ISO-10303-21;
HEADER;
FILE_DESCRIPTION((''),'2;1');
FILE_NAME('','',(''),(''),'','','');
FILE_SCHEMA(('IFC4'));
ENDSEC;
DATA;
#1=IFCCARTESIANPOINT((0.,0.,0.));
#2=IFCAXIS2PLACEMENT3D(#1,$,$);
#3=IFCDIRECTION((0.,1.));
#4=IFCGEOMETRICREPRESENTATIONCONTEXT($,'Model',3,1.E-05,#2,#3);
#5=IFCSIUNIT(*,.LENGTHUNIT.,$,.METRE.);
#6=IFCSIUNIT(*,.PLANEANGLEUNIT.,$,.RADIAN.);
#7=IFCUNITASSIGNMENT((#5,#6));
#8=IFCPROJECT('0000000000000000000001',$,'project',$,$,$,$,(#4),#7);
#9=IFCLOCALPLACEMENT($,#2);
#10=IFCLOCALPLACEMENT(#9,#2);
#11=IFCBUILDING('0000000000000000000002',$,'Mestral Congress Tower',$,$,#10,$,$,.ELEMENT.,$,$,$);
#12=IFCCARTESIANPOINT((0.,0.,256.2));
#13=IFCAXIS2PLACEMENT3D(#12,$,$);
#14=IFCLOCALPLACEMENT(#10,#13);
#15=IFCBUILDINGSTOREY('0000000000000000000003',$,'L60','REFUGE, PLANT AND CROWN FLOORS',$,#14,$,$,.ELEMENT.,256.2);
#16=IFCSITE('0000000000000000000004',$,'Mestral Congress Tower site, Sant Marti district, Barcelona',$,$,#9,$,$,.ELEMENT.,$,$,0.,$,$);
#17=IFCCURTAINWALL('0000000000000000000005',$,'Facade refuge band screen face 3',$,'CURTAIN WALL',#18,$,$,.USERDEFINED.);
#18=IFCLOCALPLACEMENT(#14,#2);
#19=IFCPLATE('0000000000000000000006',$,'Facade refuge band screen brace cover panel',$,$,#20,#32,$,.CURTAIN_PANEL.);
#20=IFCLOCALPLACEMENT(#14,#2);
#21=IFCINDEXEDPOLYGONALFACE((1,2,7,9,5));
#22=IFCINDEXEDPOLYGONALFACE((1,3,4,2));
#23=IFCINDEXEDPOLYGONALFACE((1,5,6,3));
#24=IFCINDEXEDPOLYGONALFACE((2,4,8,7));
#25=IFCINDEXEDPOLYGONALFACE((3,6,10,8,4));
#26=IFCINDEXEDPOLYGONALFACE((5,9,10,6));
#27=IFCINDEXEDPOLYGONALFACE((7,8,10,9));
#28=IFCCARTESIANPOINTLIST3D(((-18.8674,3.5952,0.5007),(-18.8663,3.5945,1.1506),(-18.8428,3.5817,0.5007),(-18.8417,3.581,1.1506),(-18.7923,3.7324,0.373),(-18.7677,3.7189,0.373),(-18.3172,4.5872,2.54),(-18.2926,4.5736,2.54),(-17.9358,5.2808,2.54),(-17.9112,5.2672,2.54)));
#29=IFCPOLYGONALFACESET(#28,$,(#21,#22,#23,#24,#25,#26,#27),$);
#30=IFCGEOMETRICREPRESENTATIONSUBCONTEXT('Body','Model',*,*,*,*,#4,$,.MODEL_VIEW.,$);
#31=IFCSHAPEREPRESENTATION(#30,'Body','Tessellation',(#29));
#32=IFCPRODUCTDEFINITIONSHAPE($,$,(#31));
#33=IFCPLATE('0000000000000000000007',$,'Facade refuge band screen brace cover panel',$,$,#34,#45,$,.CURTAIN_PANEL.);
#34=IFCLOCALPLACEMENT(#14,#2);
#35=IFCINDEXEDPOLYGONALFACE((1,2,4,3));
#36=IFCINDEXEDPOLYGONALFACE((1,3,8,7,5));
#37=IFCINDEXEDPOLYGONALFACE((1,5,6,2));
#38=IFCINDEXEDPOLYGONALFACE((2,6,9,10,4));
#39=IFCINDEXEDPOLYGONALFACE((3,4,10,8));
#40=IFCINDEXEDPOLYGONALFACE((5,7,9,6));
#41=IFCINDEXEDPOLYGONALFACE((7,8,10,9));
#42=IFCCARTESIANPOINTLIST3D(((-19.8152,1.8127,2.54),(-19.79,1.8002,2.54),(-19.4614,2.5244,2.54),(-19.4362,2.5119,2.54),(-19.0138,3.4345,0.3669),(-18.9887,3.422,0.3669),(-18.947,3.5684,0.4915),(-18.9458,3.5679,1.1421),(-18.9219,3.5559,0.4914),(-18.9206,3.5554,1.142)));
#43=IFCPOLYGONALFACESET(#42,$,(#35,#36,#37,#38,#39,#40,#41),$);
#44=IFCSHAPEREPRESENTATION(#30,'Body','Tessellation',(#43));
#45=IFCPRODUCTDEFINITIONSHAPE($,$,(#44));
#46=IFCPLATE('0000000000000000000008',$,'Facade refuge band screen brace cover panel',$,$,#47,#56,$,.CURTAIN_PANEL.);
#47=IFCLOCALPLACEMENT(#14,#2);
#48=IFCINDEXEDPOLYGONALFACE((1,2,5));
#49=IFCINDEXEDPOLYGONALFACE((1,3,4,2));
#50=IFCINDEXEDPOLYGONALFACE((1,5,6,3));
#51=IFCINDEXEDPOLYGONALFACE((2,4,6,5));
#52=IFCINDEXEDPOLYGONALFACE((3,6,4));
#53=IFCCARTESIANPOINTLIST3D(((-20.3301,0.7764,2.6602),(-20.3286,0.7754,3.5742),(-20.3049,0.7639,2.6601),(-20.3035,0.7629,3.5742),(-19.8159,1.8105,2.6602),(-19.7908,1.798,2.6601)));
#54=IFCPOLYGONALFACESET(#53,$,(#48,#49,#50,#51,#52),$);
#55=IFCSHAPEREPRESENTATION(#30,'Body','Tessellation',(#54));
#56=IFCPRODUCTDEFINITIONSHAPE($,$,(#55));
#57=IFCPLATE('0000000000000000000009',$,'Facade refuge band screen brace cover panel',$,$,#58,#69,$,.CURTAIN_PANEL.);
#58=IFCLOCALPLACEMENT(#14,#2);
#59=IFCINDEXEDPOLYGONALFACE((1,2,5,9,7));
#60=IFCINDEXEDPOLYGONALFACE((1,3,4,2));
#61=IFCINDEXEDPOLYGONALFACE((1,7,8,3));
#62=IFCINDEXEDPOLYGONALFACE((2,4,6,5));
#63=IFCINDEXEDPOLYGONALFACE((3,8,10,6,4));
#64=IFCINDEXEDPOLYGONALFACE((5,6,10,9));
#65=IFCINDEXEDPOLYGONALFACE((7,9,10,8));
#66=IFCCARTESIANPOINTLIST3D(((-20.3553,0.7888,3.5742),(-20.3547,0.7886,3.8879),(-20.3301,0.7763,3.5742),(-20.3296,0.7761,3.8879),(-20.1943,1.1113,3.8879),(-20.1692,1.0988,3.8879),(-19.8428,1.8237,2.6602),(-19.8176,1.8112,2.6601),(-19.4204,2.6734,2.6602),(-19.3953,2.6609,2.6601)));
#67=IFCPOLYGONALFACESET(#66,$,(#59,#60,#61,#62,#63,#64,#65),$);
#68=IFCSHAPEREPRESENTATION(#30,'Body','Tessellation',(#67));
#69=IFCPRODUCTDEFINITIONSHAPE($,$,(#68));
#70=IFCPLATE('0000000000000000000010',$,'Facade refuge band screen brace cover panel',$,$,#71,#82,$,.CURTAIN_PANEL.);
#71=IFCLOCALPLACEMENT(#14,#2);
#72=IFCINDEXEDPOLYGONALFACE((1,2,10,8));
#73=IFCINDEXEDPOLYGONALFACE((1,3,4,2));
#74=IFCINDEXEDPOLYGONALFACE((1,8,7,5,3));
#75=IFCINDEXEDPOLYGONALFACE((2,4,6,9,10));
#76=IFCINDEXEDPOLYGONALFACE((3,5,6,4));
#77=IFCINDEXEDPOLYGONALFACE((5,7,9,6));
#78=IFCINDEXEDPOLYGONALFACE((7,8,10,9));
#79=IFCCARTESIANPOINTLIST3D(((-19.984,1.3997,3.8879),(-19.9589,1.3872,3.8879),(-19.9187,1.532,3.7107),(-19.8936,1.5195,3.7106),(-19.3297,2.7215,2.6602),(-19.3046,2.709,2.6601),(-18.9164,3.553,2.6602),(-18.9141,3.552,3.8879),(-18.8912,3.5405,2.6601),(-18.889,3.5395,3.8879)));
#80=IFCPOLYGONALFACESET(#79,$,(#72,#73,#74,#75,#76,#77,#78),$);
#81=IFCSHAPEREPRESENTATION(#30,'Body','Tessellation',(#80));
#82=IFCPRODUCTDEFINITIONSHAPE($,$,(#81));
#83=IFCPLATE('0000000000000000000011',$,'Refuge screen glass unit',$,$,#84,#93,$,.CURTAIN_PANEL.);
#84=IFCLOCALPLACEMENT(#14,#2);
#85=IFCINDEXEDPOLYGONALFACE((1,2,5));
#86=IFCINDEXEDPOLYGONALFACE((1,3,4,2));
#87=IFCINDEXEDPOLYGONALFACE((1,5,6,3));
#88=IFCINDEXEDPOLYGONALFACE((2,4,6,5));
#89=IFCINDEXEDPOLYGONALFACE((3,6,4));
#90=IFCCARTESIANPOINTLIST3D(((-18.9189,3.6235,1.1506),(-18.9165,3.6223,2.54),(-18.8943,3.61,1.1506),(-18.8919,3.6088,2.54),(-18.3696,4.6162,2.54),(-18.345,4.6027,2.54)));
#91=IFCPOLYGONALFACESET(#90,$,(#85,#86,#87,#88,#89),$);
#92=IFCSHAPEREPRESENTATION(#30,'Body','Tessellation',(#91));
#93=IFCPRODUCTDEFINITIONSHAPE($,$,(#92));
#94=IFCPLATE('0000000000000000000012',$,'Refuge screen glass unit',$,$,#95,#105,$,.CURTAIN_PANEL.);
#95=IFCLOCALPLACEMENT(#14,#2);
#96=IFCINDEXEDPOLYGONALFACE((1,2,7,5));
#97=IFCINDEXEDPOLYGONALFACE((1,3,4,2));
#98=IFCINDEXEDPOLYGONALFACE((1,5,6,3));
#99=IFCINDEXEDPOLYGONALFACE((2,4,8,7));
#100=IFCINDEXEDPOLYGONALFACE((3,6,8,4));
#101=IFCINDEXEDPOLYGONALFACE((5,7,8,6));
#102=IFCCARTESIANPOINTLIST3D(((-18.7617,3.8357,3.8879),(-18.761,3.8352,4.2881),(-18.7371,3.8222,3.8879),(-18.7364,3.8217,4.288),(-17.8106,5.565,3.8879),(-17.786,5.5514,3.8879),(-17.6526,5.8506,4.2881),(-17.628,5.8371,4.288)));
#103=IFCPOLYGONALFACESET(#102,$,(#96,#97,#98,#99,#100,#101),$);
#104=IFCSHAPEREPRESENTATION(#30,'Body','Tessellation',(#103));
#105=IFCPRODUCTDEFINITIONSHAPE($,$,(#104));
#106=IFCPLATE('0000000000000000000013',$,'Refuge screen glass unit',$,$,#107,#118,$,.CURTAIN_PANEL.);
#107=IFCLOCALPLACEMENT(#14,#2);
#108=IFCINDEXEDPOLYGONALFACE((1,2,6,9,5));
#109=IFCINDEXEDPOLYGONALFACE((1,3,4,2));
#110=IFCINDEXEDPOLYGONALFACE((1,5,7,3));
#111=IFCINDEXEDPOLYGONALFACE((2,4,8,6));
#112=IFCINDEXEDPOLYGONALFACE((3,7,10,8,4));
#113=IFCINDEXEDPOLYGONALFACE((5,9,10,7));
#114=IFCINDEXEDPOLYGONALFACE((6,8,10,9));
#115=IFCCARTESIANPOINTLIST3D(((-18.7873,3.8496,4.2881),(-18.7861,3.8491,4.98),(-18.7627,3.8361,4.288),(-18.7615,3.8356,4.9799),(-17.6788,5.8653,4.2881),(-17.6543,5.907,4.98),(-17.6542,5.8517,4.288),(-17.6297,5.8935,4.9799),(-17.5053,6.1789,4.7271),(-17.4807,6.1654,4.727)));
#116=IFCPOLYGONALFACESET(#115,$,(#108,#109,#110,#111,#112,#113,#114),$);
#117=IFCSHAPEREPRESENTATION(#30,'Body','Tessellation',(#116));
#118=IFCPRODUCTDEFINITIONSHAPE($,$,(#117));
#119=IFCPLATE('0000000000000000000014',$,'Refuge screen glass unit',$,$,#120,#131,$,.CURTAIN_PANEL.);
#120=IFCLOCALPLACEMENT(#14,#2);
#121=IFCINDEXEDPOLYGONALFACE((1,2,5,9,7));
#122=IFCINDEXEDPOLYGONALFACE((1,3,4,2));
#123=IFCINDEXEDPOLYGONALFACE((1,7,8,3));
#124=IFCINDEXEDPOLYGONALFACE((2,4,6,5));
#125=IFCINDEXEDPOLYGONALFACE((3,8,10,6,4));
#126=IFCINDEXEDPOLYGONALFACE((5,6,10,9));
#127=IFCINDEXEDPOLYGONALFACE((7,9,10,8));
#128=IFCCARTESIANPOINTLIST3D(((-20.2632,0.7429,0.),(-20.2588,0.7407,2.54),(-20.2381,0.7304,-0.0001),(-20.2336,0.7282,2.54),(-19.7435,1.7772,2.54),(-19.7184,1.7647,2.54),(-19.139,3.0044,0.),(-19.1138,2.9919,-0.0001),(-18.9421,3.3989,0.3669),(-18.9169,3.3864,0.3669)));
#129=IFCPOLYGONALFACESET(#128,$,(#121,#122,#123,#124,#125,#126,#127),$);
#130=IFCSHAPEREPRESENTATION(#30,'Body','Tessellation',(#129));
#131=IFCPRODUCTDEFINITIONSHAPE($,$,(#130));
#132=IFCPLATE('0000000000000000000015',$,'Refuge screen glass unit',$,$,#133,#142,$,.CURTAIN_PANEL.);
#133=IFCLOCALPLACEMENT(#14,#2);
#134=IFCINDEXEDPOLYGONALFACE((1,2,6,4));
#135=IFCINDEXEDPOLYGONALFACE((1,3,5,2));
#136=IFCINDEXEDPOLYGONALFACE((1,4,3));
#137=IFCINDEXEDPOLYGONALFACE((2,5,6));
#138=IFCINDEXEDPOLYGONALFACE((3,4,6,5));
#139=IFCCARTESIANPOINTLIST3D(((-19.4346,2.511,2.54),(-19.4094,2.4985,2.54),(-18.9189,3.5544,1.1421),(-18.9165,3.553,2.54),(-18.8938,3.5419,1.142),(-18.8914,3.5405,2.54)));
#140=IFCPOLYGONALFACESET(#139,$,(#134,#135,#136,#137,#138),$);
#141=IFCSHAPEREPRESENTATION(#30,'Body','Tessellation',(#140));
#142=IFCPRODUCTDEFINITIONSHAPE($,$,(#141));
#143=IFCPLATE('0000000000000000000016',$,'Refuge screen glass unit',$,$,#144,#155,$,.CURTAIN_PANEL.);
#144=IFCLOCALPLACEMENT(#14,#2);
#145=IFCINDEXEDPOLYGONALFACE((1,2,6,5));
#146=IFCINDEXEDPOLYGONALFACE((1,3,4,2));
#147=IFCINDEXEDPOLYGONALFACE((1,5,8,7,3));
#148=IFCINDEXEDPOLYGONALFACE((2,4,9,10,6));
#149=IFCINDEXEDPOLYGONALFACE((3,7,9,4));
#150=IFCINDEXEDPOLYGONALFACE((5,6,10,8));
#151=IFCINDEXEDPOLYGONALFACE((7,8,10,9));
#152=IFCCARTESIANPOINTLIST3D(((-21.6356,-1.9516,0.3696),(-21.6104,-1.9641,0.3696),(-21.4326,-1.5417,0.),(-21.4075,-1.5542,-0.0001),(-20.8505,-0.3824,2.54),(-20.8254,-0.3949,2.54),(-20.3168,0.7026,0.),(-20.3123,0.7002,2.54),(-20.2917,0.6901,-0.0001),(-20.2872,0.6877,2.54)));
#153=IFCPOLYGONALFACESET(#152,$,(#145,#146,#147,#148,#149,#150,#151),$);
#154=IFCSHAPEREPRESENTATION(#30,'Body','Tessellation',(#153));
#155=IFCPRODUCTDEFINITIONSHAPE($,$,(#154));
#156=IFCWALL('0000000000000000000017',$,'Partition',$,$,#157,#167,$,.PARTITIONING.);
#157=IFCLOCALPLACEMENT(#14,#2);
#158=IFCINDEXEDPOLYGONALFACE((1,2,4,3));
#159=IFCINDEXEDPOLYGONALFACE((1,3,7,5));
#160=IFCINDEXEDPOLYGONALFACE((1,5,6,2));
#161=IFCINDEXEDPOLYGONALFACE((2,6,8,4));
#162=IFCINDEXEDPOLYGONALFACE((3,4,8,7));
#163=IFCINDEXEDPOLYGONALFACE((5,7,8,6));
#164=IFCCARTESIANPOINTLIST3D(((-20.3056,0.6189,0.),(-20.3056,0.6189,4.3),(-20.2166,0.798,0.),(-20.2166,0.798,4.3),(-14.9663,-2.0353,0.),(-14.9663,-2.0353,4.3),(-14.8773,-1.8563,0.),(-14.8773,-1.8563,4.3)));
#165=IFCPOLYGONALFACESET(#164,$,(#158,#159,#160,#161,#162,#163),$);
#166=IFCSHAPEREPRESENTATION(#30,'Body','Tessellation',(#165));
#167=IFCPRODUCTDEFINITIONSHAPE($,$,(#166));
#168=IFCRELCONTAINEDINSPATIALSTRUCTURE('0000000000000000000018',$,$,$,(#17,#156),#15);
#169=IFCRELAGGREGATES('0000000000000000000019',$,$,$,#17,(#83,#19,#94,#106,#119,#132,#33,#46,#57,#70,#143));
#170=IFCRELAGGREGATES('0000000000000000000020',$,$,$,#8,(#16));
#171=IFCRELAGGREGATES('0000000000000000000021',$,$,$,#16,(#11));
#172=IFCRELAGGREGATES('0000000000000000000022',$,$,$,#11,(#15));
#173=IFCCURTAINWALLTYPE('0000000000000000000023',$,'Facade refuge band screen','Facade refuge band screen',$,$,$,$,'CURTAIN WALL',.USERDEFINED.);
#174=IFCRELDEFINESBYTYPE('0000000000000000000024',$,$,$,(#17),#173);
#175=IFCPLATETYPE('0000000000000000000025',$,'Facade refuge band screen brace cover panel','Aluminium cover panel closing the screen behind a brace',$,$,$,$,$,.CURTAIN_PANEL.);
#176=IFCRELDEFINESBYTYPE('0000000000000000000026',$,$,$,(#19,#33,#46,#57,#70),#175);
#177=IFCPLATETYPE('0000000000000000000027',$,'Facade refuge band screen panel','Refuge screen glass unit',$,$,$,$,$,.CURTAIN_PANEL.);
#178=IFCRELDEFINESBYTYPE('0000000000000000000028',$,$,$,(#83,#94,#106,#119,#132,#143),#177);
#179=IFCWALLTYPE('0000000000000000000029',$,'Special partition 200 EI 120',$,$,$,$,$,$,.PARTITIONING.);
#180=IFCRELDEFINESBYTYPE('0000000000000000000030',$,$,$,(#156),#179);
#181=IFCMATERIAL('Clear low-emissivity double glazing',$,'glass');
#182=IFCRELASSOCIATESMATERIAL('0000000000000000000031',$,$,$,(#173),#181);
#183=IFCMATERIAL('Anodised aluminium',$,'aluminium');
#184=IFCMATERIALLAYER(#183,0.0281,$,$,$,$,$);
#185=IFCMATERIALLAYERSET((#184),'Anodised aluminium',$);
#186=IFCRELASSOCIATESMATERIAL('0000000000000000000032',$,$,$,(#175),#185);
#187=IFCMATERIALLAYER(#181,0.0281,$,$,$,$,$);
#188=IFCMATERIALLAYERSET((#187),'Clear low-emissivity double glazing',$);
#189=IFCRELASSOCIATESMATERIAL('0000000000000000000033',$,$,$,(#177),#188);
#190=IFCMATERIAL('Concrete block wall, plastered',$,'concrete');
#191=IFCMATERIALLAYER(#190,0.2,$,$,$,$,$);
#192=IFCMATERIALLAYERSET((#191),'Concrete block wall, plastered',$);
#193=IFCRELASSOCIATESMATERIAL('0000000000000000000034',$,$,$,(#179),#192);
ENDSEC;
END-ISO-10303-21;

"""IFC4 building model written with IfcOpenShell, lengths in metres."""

from ifc_helpers import new_model, si_unit, direction, frame, frame_2d, origin, place, context, subcontext, project, spatial, polyline, rectangle, outline, extrude, material, layer, layer_set, type_object, element, aggregate, save


model = new_model("IFC4")

# Units and contexts
model_context = context("Model", 3, precision=1e-05, world=origin(), true_north=direction((0.0, 1.0)))
body_context = subcontext(model_context, "Body", "Model", "MODEL_VIEW")
ifc_project = project(units=[si_unit("LENGTHUNIT", "METRE"), si_unit("PLANEANGLEUNIT", "RADIAN")], contexts=[model_context])

# Site, building, storey
site_placement = place(None, origin())
site = spatial("IfcSite", under=ifc_project, at=site_placement, Name="Mestral Congress Tower site, Sant Marti district, Barcelona", CompositionType="ELEMENT", RefElevation=0.0)
building_placement = place(site_placement, origin())
building = spatial("IfcBuilding", under=site, at=building_placement, Name="Mestral Congress Tower", CompositionType="ELEMENT")
storey_placement = place(building_placement, frame((0.0, 0.0, 256.2)))
storey = spatial("IfcBuildingStorey", under=building, at=storey_placement, Name="L60", Description="REFUGE, PLANT AND CROWN FLOORS", CompositionType="ELEMENT", Elevation=256.2)

# Curtain wall
ifc_material_1 = material(Name="Clear low-emissivity double glazing", Category="glass")
curtain_wall_type = type_object("IfcCurtainWallType", Name="Facade refuge band screen", Description="Facade refuge band screen", ElementType="CURTAIN WALL", PredefinedType="USERDEFINED", material=ifc_material_1)
curtain_wall_placement = place(storey_placement, origin())
curtain_wall = element("IfcCurtainWall", 1, at=curtain_wall_placement, inside=storey, type_object=curtain_wall_type, Name="Facade refuge band screen face 3", ObjectType="CURTAIN WALL", PredefinedType="USERDEFINED")
ifc_material_2 = material(Name="Anodised aluminium", Category="aluminium")

# Plates
ifc_layer_1 = layer(ifc_material_2, 0.0281)
ifc_layer_set_1 = layer_set([ifc_layer_1], Name="Anodised aluminium")
plate_type_1 = type_object("IfcPlateType", Name="Facade refuge band screen brace cover panel", Description="Aluminium cover panel closing the screen behind a brace", PredefinedType="CURTAIN_PANEL", material=ifc_layer_set_1)
plate_1_placement = place(storey_placement, frame((-18.8674, 3.5952, 0.5007), z_axis=(-0.876283, 0.481792, 0.002094), x_axis=(0.372111, 0.679542, -0.632263)))
plate_1 = element("IfcPlate", 2, at=plate_1_placement, type_object=plate_type_1, Name="Facade refuge band screen brace cover panel", PredefinedType="CURTAIN_PANEL", context=body_context, shape_type="SweptSolid", body=[
    extrude(outline(polyline([(0.0, 0.0), (0.2019, 0.0), (0.2027, -2.7976), (-0.4105, -2.2972), (-0.411, -0.5035), (0.0, 0.0)])), origin(), (0.0, 0.0, -1.0), 0.0281),
])
plate_2_placement = place(storey_placement, frame((-19.8152, 1.8127, 2.54), z_axis=(-0.895428, 0.445202, 0.002056), x_axis=(0.283415, 0.573578, -0.76856)))
plate_2 = element("IfcPlate", 3, at=plate_2_placement, type_object=plate_type_1, Name="Facade refuge band screen brace cover panel", PredefinedType="CURTAIN_PANEL", context=body_context, shape_type="SweptSolid", body=[
    extrude(outline(polyline([(0.0, 0.0), (2.8275, 0.0), (2.8275, -0.1946), (2.3275, -0.611), (0.5085, -0.6108), (0.0, 0.0)])), origin(), (0.0, 0.0, -1.0), 0.0281),
])
plate_3_placement = place(storey_placement, frame((-20.3301, 0.7764, 2.6602), z_axis=(-0.895438, 0.445182, 0.001911), x_axis=(0.445183, 0.89544, 0.0)))
plate_3 = element("IfcPlate", 4, at=plate_3_placement, type_object=plate_type_1, Name="Facade refuge band screen brace cover panel", PredefinedType="CURTAIN_PANEL", context=body_context, shape_type="SweptSolid", body=[
    extrude(outline(polyline([(0.0, 0.0), (1.1549, 0.0), (-0.0002, -0.9141), (0.0, 0.0)])), origin(), (0.0, 0.0, -1.0), 0.0281),
])
plate_4_placement = place(storey_placement, frame((-20.3547, 0.7886, 3.8879), z_axis=(-0.895481, 0.445096, 0.001845), x_axis=(-0.00165, 0.000825, -0.999998)))
plate_4 = element("IfcPlate", 5, at=plate_4_placement, type_object=plate_type_1, Name="Facade refuge band screen brace cover panel", PredefinedType="CURTAIN_PANEL", context=body_context, shape_type="SweptSolid", body=[
    extrude(outline(polyline([(0.0, 0.0), (0.3137, 0.0), (1.2278, -1.1548), (1.2278, -2.1036), (0.0, -0.3604), (0.0, 0.0)])), origin(), (0.0, 0.0, -1.0), 0.0281),
])
plate_5_placement = place(storey_placement, frame((-19.9187, 1.532, 3.7107), z_axis=(-0.895455, 0.445148, 0.002025), x_axis=(0.347927, 0.70271, -0.620601)))
plate_5 = element("IfcPlate", 6, at=plate_5_placement, type_object=plate_type_1, Name="Facade refuge band screen brace cover panel", PredefinedType="CURTAIN_PANEL", context=body_context, shape_type="SweptSolid", body=[
    extrude(outline(polyline([(0.0, 0.0), (1.6928, 0.0), (2.4209, -0.5763), (1.659, -1.5391), (-0.2257, -0.0474), (0.0, 0.0)])), origin(), (0.0, 0.0, -1.0), 0.0281),
])
ifc_layer_2 = layer(ifc_material_1, 0.0281)
ifc_layer_set_2 = layer_set([ifc_layer_2], Name="Clear low-emissivity double glazing")
plate_type_2 = type_object("IfcPlateType", Name="Facade refuge band screen panel", Description="Refuge screen glass unit", PredefinedType="CURTAIN_PANEL", material=ifc_layer_set_2)
plate_6_placement = place(storey_placement, frame((-18.9165, 3.6223, 2.54), z_axis=(-0.876128, 0.482075, 0.001963), x_axis=(-0.001757, 0.000879, -0.999998)))
plate_6 = element("IfcPlate", 7, at=plate_6_placement, type_object=plate_type_2, Name="Refuge screen glass unit", PredefinedType="CURTAIN_PANEL", context=body_context, shape_type="SweptSolid", body=[
    extrude(outline(polyline([(0.0, 0.0), (1.3894, 0.0), (-0.0001, -1.1344), (0.0, 0.0)])), origin(), (0.0, 0.0, -1.0), 0.0281),
])
plate_7_placement = place(storey_placement, frame((-18.7617, 3.8357, 3.8879), z_axis=(-0.876212, 0.481922, 0.002029), x_axis=(0.481923, 0.876213, 0.0)))
plate_7 = element("IfcPlate", 8, at=plate_7_placement, type_object=plate_type_2, Name="Refuge screen glass unit", PredefinedType="CURTAIN_PANEL", context=body_context, shape_type="SweptSolid", body=[
    extrude(outline(polyline([(0.0, 0.0), (1.9736, 0.0), (2.3, -0.4001), (-0.0001, -0.4001), (0.0, 0.0)])), origin(), (0.0, 0.0, -1.0), 0.0281),
])
plate_8_placement = place(storey_placement, frame((-18.7861, 3.8491, 4.98), z_axis=(-0.87622, 0.481908, 0.001862), x_axis=(-0.001744, 0.000694, -0.999998)))
plate_8 = element("IfcPlate", 9, at=plate_8_placement, type_object=plate_type_2, Name="Refuge screen glass unit", PredefinedType="CURTAIN_PANEL", context=body_context, shape_type="SweptSolid", body=[
    extrude(outline(polyline([(0.0, 0.0), (0.6919, 0.0), (0.6914, -2.3004), (0.2523, -2.6587), (-0.0005, -2.3486), (0.0, 0.0)])), origin(), (0.0, 0.0, -1.0), 0.0281),
])
plate_9_placement = place(storey_placement, frame((-20.2588, 0.7407, 2.54), z_axis=(-0.895449, 0.445159, 0.001955), x_axis=(-0.001749, 0.000874, -0.999998)))
plate_9 = element("IfcPlate", 10, at=plate_9_placement, type_object=plate_type_2, Name="Refuge screen glass unit", PredefinedType="CURTAIN_PANEL", context=body_context, shape_type="SweptSolid", body=[
    extrude(outline(polyline([(0.0, 0.0), (2.54, 0.0), (2.5401, -2.5255), (2.1731, -2.9664), (0.0, -1.1575), (0.0, 0.0)])), origin(), (0.0, 0.0, -1.0), 0.0281),
])
plate_10_placement = place(storey_placement, frame((-18.9165, 3.553, 2.54), z_axis=(-0.89543, 0.445197, 0.00203), x_axis=(-0.445198, -0.895432, 0.0)))
plate_10 = element("IfcPlate", 11, at=plate_10_placement, type_object=plate_type_2, Name="Refuge screen glass unit", PredefinedType="CURTAIN_PANEL", context=body_context, shape_type="SweptSolid", body=[
    extrude(outline(polyline([(0.0, 0.0), (1.1637, 0.0), (-0.0002, -1.398), (0.0, 0.0)])), origin(), (0.0, 0.0, -1.0), 0.0281),
])
plate_11_placement = place(storey_placement, frame((-21.4326, -1.5417, 0.0), z_axis=(-0.895444, 0.445169, 0.002022), x_axis=(0.44517, 0.895446, 0.0)))
plate_11 = element("IfcPlate", 12, at=plate_11_placement, type_object=plate_type_2, Name="Refuge screen glass unit", PredefinedType="CURTAIN_PANEL", context=body_context, shape_type="SweptSolid", body=[
    extrude(outline(polyline([(0.0, 0.0), (2.5064, 0.0), (2.5063, -2.54), (1.2973, -2.54), (-0.4574, -0.3696), (0.0, 0.0)])), origin(), (0.0, 0.0, -1.0), 0.0281),
])
aggregate(curtain_wall, [plate_6, plate_1, plate_7, plate_8, plate_9, plate_10, plate_2, plate_3, plate_4, plate_5, plate_11])

# Wall
ifc_material_3 = material(Name="Concrete block wall, plastered", Category="concrete")
ifc_layer_3 = layer(ifc_material_3, 0.2)
ifc_layer_set_3 = layer_set([ifc_layer_3], Name="Concrete block wall, plastered")
wall_type = type_object("IfcWallType", Name="Special partition 200 EI 120", PredefinedType="PARTITIONING", material=ifc_layer_set_3)
wall_placement = place(storey_placement, frame((-20.2612, 0.7085, 0.0), z_axis=(0.0, 0.0, 1.0), x_axis=(0.895457, -0.445149, 0.0)))
element("IfcWall", 13, at=wall_placement, inside=storey, type_object=wall_type, Name="Partition", PredefinedType="PARTITIONING", context=body_context, shape_type="SweptSolid", body=[
    extrude(rectangle(XDim=5.9626, YDim=0.2, at=frame_2d((2.9814, 0.0))), origin(), (0.0, 0.0, 1.0), 4.3),
])

save(model, "model.ifc")
